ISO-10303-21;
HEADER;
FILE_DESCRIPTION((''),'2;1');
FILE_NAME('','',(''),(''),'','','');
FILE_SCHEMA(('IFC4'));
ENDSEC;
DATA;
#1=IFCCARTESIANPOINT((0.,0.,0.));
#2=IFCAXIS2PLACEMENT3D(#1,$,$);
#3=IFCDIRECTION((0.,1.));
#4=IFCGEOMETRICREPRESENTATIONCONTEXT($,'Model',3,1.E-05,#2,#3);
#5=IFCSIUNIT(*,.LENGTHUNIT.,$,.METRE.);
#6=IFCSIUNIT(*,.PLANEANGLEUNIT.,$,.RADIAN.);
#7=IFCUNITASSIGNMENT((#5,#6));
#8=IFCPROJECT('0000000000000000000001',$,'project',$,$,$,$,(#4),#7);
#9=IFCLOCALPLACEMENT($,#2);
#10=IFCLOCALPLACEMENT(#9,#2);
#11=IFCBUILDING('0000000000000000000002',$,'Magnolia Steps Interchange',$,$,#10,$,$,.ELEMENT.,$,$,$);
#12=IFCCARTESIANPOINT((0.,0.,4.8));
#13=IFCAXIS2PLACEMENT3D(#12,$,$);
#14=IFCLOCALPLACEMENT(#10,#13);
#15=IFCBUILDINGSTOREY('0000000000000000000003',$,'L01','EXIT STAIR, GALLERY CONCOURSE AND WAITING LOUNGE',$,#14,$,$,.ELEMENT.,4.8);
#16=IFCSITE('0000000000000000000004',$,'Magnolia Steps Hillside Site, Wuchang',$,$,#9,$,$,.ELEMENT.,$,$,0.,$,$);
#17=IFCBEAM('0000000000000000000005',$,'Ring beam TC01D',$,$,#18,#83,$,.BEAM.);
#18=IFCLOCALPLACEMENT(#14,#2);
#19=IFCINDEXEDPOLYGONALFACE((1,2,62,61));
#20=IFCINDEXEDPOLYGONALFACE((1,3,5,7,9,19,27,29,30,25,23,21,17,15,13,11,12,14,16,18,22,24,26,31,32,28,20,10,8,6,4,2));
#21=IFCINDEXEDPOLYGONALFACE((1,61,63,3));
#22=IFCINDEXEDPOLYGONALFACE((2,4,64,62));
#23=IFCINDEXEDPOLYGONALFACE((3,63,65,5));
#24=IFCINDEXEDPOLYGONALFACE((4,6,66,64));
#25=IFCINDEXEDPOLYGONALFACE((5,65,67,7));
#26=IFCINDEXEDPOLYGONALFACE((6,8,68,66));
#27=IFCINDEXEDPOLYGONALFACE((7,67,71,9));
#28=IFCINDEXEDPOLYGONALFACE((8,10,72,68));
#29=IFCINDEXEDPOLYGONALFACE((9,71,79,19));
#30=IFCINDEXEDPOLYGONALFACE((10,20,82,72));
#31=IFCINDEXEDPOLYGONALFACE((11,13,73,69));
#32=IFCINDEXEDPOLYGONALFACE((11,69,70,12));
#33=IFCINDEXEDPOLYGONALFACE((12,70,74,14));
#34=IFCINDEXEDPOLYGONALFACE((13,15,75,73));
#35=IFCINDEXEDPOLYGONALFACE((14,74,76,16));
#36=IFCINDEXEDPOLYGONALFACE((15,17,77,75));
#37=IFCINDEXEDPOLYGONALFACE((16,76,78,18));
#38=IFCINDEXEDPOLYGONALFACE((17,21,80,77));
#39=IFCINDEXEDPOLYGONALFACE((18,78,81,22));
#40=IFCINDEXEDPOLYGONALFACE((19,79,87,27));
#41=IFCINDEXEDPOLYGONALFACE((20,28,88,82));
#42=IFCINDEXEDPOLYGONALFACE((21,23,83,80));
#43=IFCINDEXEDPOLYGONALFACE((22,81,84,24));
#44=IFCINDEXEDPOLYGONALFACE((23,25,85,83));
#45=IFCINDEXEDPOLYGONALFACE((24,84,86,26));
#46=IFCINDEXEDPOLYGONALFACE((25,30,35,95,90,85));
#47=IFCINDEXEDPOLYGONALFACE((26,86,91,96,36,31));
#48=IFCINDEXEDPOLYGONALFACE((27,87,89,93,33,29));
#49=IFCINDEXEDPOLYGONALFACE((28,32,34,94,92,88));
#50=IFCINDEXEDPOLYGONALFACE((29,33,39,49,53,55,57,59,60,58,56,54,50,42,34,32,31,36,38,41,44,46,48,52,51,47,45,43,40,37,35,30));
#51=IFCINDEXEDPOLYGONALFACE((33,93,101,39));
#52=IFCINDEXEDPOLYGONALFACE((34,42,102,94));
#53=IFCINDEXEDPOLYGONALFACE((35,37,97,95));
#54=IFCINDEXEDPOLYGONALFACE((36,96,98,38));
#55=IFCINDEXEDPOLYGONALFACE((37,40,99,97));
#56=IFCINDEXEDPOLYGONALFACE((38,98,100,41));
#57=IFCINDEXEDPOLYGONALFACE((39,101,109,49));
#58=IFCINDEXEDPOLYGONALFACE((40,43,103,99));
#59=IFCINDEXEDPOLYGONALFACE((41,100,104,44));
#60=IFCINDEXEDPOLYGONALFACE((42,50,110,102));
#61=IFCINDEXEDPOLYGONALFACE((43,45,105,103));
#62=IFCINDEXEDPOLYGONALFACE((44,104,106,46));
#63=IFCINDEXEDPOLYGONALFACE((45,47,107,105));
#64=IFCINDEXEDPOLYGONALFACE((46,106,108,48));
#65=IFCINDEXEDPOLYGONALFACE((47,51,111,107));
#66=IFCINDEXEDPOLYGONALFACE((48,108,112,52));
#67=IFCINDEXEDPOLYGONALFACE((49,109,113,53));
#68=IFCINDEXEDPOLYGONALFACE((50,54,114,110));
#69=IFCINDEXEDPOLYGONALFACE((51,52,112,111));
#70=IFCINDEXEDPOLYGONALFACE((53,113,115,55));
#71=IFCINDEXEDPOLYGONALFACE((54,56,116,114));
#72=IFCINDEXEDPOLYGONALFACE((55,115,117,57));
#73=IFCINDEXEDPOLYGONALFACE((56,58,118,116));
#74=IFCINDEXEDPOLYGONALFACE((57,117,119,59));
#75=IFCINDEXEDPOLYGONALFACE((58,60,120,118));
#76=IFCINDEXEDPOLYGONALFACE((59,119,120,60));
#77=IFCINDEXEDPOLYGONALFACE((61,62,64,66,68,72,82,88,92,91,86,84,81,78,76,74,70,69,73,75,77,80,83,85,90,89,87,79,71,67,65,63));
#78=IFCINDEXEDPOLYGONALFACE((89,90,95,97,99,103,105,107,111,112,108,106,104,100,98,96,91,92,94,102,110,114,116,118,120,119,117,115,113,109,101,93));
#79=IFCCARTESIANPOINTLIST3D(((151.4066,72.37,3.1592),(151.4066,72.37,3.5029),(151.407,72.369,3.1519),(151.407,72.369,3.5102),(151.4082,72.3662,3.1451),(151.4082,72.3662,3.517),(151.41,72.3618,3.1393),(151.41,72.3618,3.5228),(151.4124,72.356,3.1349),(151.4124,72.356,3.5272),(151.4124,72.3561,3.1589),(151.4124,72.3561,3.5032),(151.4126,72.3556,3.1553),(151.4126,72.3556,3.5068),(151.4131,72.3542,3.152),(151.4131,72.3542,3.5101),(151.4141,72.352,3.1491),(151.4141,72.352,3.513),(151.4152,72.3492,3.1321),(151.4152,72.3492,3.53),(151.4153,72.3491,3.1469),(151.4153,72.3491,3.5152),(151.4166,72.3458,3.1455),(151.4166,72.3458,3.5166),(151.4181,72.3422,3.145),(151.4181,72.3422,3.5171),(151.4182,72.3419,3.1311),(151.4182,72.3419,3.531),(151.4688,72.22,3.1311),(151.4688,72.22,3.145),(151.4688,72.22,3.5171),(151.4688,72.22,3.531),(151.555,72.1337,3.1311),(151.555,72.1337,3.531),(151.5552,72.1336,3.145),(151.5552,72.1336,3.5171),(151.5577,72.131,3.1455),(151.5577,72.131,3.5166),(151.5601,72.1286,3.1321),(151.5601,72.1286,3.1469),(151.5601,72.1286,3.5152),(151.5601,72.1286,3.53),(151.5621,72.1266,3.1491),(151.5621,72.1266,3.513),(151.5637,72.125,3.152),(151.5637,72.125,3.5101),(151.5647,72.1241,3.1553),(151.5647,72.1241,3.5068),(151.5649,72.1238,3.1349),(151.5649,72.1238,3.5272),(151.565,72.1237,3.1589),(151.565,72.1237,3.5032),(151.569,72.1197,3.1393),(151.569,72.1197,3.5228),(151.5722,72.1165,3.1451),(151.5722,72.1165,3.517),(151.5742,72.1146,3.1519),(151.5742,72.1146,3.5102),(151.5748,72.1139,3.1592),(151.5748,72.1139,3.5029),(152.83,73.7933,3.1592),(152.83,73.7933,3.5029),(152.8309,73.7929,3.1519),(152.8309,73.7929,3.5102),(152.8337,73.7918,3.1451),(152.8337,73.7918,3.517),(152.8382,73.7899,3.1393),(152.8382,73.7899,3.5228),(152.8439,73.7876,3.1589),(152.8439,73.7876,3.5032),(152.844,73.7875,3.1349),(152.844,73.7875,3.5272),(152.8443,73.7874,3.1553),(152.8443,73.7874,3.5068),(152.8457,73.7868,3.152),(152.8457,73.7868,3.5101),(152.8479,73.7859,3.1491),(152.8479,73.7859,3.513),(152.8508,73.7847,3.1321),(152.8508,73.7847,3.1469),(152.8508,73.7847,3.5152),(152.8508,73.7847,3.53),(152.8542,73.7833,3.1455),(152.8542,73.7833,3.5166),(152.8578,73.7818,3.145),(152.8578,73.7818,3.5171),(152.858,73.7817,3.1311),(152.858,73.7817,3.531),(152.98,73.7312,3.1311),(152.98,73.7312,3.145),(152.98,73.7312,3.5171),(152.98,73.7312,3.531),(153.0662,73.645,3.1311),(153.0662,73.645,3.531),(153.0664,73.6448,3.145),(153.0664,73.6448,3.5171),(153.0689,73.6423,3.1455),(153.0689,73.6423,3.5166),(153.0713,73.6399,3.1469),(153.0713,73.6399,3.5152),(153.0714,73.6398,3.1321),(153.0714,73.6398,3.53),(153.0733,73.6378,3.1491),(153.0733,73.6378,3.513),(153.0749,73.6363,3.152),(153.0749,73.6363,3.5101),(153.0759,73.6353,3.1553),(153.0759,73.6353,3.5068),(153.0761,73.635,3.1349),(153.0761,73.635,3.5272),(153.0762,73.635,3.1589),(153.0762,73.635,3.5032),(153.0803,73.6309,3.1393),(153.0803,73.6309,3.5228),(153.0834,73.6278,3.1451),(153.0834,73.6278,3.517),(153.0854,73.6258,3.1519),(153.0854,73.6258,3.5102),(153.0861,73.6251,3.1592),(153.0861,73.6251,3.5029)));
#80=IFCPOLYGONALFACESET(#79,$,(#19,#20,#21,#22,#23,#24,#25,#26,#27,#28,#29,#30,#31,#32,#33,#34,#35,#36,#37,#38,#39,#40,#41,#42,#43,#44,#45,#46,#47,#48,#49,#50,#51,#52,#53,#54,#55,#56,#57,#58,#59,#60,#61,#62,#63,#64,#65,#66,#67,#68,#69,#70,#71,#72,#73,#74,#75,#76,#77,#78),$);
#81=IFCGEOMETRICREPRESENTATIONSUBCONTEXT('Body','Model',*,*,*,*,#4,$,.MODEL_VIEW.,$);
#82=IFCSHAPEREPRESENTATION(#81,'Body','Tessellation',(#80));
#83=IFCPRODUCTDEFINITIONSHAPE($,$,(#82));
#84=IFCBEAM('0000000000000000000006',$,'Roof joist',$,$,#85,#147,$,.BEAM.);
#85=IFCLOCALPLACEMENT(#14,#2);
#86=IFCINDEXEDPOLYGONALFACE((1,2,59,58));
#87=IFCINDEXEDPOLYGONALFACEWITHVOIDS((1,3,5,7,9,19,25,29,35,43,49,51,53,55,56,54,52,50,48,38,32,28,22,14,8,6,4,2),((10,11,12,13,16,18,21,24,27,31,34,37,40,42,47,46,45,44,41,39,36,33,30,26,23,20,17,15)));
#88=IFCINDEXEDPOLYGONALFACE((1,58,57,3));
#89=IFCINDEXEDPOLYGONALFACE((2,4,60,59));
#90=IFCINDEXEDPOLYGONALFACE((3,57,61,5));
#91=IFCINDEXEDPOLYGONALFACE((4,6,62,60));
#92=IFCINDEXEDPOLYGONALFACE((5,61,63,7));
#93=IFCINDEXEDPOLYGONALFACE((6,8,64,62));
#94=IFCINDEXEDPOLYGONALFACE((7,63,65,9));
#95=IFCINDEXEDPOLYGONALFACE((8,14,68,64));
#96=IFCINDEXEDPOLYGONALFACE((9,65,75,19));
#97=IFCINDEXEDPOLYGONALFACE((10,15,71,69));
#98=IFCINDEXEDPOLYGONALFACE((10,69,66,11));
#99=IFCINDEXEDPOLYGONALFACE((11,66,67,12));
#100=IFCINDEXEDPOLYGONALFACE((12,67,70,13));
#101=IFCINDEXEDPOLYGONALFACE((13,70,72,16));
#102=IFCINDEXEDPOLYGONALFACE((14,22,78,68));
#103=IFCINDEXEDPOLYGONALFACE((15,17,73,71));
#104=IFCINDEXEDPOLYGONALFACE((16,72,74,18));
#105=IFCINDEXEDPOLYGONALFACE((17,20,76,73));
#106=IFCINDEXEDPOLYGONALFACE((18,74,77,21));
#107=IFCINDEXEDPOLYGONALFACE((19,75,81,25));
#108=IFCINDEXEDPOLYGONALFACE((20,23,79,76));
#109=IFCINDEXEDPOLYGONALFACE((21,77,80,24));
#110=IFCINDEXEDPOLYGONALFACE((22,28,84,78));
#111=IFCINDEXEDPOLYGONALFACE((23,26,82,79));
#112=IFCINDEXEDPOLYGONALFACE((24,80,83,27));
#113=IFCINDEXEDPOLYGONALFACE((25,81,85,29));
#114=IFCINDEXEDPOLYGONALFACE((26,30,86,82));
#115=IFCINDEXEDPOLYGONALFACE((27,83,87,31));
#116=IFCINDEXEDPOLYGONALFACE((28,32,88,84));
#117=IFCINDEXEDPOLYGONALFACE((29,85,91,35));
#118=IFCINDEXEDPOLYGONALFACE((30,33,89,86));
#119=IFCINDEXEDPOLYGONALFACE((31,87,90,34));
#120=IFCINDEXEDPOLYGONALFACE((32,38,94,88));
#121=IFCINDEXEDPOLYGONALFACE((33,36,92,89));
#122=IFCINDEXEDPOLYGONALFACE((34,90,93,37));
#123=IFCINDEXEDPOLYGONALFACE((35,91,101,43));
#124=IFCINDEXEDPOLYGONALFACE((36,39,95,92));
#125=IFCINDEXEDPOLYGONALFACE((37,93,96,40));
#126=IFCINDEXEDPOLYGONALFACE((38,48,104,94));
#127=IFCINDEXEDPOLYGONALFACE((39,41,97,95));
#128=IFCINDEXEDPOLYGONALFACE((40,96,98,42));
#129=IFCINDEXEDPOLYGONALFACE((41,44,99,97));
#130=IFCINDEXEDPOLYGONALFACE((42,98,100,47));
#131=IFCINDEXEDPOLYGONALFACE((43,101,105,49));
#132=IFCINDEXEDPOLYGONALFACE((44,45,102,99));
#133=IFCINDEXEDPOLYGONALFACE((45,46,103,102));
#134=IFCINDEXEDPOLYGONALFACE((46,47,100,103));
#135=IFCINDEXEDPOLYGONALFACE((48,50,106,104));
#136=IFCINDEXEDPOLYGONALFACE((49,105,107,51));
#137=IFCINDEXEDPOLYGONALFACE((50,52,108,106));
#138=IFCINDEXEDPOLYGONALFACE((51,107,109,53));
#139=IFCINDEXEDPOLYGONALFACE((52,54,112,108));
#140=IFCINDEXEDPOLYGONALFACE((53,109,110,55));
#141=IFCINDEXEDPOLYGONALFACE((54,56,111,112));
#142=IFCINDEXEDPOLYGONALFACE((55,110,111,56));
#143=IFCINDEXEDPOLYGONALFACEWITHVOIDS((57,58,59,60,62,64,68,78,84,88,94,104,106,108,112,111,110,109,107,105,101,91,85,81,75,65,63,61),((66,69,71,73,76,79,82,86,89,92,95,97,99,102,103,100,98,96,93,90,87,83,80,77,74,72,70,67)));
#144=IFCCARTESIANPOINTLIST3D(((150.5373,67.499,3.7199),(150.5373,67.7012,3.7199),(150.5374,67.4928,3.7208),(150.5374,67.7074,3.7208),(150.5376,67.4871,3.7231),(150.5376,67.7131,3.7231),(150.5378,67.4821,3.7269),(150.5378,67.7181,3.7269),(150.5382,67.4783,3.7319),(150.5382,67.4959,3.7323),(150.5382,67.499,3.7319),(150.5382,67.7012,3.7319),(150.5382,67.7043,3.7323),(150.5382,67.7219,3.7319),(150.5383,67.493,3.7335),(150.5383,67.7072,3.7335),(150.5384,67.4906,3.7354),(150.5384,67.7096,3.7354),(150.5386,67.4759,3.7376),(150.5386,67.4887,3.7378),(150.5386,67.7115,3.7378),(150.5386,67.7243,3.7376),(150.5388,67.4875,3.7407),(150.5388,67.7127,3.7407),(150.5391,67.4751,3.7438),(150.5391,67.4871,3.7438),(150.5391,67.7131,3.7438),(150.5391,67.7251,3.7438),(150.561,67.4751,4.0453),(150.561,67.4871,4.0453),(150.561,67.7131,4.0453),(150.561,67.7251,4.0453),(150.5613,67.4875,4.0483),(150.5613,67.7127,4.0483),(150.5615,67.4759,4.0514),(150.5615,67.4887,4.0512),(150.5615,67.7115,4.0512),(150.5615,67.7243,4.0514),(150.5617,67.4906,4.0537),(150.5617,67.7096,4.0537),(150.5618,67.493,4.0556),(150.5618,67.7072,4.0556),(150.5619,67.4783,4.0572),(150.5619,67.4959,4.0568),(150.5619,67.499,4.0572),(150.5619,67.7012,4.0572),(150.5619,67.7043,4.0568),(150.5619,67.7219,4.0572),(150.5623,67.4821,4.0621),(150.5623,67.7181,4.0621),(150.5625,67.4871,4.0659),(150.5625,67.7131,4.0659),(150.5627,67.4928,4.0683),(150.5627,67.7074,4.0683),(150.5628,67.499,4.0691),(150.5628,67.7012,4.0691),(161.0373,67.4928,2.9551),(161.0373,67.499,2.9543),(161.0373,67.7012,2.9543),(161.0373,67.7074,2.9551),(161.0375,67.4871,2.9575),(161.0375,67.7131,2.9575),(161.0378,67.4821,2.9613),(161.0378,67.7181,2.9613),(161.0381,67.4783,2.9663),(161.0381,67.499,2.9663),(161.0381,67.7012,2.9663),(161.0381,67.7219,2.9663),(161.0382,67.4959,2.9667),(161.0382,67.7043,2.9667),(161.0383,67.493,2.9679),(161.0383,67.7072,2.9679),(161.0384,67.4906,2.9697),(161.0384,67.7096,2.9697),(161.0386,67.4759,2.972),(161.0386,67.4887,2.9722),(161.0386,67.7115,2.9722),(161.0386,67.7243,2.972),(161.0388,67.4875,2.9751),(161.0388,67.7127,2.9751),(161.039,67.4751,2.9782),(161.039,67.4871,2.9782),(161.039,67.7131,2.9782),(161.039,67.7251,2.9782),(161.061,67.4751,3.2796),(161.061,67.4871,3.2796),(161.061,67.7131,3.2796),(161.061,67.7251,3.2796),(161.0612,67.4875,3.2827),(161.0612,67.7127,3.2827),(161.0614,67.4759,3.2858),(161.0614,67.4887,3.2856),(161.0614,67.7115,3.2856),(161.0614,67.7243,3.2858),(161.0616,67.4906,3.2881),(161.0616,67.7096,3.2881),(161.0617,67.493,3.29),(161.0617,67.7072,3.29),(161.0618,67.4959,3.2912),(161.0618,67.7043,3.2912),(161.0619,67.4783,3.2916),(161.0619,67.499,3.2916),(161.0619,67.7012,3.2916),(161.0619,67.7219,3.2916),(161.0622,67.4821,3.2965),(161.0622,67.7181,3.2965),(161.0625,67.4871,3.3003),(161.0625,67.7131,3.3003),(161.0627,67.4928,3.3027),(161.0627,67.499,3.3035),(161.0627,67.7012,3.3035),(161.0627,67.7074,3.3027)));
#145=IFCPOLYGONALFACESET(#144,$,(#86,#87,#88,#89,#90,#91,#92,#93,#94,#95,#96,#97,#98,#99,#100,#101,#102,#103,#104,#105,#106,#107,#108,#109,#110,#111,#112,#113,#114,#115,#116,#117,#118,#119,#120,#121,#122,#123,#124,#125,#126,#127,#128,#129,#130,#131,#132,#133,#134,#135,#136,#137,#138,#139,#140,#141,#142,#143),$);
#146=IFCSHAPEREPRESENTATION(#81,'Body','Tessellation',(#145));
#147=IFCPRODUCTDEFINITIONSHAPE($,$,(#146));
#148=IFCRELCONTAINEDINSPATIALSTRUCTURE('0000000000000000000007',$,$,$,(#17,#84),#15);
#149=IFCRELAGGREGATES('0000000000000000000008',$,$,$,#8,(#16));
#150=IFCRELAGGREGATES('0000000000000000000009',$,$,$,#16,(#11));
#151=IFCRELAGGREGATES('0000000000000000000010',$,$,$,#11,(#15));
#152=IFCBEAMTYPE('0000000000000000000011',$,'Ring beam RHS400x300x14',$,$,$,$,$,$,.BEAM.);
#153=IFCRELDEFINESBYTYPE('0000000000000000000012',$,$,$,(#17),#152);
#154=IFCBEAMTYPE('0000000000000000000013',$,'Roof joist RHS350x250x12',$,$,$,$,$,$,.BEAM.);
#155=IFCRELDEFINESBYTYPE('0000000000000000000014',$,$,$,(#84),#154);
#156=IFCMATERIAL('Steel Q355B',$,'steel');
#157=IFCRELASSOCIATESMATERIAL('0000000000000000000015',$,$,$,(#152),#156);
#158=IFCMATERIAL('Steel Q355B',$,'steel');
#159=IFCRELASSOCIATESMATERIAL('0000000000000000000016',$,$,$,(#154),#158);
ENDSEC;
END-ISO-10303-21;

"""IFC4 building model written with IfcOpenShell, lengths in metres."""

from ifc_helpers import new_model, si_unit, direction, frame, origin, origin_2d, place, context, subcontext, project, spatial, hollow_rectangle, extrude, clip, halfspace, material, material_profile, profile_set, type_object, element, save


model = new_model("IFC4")

# Units and contexts
model_context = context("Model", 3, precision=1e-05, world=origin(), true_north=direction((0.0, 1.0)))
body_context = subcontext(model_context, "Body", "Model", "MODEL_VIEW")
ifc_project = project(units=[si_unit("LENGTHUNIT", "METRE"), si_unit("PLANEANGLEUNIT", "RADIAN")], contexts=[model_context])

# Site, building, storey
site_placement = place(None, origin())
site = spatial("IfcSite", under=ifc_project, at=site_placement, Name="Magnolia Steps Hillside Site, Wuchang", CompositionType="ELEMENT", RefElevation=0.0)
building_placement = place(site_placement, origin())
building = spatial("IfcBuilding", under=site, at=building_placement, Name="Magnolia Steps Interchange", CompositionType="ELEMENT")
storey_placement = place(building_placement, frame((0.0, 0.0, 4.8)))
storey = spatial("IfcBuildingStorey", under=building, at=storey_placement, Name="L01", Description="EXIT STAIR, GALLERY CONCOURSE AND WAITING LOUNGE", CompositionType="ELEMENT", Elevation=4.8)

# Beams
ifc_material_1 = material(Name="Steel Q355B", Category="steel")
ifc_material_profile_1 = material_profile(ifc_material_1, hollow_rectangle(XDim=0.3, YDim=0.3999, WallThickness=0.0139, InnerFilletRadius=0.0139, OuterFilletRadius=0.0281, at=origin_2d()), Name="RHS400x300x14")
ifc_profile_set_1 = profile_set([ifc_material_profile_1], Name="Steel Q355B")
beam_type_1 = type_object("IfcBeamType", Name="Ring beam RHS400x300x14", PredefinedType="BEAM", material=ifc_profile_set_1)
beam_1_placement = place(storey_placement, frame((151.4688, 72.22, 3.3311), z_axis=(0.707107, 0.707107, 0.0), x_axis=(-0.707107, 0.707107, 0.0)))
element("IfcBeam", 1, at=beam_1_placement, inside=storey, type_object=beam_type_1, Name="Ring beam TC01D", PredefinedType="BEAM", context=body_context, shape_type="Clipping", body=[
    clip(clip(extrude(hollow_rectangle(XDim=0.3, YDim=0.3999, WallThickness=0.0139, InnerFilletRadius=0.0139, OuterFilletRadius=0.0281, at=origin_2d()), origin(), (0.0, 0.0, 1.0), 2.1372), halfspace(frame((0.0, 0.0, 0.0), z_axis=(0.382683, 0.0, -0.92388), x_axis=(0.92388, 0.0, 0.382683)), False)), halfspace(frame((0.0, 0.0, 2.1372), z_axis=(0.382683, 0.0, 0.92388), x_axis=(0.92388, 0.0, -0.382683)), False)),
])
ifc_material_2 = material(Name="Steel Q355B", Category="steel")
ifc_material_profile_2 = material_profile(ifc_material_2, hollow_rectangle(XDim=0.25, YDim=0.3501, WallThickness=0.012, InnerFilletRadius=0.012, OuterFilletRadius=0.0239, at=origin_2d()), Name="RHS350x250x12")
ifc_profile_set_2 = profile_set([ifc_material_profile_2], Name="Steel Q355B")
beam_type_2 = type_object("IfcBeamType", Name="Roof joist RHS350x250x12", PredefinedType="BEAM", material=ifc_profile_set_2)
for number, where, z_axis, x_axis, name in (
    (2, (150.55, 67.6001, 3.8945), (0.997352, 0.0, -0.072724), (0.0, 1.0, 0.0), "Roof joist"),
):
    element("IfcBeam", number, at=place(storey_placement, frame(where, z_axis=z_axis, x_axis=x_axis)), inside=storey, type_object=beam_type_2, Name=name, PredefinedType="BEAM", context=body_context, shape_type="SweptSolid", body=[
        extrude(hollow_rectangle(XDim=0.25, YDim=0.3501, WallThickness=0.012, InnerFilletRadius=0.012, OuterFilletRadius=0.0239, at=origin_2d()), origin(), (0.0, 0.0, 1.0), 10.5278),
    ])

save(model, "model.ifc")
